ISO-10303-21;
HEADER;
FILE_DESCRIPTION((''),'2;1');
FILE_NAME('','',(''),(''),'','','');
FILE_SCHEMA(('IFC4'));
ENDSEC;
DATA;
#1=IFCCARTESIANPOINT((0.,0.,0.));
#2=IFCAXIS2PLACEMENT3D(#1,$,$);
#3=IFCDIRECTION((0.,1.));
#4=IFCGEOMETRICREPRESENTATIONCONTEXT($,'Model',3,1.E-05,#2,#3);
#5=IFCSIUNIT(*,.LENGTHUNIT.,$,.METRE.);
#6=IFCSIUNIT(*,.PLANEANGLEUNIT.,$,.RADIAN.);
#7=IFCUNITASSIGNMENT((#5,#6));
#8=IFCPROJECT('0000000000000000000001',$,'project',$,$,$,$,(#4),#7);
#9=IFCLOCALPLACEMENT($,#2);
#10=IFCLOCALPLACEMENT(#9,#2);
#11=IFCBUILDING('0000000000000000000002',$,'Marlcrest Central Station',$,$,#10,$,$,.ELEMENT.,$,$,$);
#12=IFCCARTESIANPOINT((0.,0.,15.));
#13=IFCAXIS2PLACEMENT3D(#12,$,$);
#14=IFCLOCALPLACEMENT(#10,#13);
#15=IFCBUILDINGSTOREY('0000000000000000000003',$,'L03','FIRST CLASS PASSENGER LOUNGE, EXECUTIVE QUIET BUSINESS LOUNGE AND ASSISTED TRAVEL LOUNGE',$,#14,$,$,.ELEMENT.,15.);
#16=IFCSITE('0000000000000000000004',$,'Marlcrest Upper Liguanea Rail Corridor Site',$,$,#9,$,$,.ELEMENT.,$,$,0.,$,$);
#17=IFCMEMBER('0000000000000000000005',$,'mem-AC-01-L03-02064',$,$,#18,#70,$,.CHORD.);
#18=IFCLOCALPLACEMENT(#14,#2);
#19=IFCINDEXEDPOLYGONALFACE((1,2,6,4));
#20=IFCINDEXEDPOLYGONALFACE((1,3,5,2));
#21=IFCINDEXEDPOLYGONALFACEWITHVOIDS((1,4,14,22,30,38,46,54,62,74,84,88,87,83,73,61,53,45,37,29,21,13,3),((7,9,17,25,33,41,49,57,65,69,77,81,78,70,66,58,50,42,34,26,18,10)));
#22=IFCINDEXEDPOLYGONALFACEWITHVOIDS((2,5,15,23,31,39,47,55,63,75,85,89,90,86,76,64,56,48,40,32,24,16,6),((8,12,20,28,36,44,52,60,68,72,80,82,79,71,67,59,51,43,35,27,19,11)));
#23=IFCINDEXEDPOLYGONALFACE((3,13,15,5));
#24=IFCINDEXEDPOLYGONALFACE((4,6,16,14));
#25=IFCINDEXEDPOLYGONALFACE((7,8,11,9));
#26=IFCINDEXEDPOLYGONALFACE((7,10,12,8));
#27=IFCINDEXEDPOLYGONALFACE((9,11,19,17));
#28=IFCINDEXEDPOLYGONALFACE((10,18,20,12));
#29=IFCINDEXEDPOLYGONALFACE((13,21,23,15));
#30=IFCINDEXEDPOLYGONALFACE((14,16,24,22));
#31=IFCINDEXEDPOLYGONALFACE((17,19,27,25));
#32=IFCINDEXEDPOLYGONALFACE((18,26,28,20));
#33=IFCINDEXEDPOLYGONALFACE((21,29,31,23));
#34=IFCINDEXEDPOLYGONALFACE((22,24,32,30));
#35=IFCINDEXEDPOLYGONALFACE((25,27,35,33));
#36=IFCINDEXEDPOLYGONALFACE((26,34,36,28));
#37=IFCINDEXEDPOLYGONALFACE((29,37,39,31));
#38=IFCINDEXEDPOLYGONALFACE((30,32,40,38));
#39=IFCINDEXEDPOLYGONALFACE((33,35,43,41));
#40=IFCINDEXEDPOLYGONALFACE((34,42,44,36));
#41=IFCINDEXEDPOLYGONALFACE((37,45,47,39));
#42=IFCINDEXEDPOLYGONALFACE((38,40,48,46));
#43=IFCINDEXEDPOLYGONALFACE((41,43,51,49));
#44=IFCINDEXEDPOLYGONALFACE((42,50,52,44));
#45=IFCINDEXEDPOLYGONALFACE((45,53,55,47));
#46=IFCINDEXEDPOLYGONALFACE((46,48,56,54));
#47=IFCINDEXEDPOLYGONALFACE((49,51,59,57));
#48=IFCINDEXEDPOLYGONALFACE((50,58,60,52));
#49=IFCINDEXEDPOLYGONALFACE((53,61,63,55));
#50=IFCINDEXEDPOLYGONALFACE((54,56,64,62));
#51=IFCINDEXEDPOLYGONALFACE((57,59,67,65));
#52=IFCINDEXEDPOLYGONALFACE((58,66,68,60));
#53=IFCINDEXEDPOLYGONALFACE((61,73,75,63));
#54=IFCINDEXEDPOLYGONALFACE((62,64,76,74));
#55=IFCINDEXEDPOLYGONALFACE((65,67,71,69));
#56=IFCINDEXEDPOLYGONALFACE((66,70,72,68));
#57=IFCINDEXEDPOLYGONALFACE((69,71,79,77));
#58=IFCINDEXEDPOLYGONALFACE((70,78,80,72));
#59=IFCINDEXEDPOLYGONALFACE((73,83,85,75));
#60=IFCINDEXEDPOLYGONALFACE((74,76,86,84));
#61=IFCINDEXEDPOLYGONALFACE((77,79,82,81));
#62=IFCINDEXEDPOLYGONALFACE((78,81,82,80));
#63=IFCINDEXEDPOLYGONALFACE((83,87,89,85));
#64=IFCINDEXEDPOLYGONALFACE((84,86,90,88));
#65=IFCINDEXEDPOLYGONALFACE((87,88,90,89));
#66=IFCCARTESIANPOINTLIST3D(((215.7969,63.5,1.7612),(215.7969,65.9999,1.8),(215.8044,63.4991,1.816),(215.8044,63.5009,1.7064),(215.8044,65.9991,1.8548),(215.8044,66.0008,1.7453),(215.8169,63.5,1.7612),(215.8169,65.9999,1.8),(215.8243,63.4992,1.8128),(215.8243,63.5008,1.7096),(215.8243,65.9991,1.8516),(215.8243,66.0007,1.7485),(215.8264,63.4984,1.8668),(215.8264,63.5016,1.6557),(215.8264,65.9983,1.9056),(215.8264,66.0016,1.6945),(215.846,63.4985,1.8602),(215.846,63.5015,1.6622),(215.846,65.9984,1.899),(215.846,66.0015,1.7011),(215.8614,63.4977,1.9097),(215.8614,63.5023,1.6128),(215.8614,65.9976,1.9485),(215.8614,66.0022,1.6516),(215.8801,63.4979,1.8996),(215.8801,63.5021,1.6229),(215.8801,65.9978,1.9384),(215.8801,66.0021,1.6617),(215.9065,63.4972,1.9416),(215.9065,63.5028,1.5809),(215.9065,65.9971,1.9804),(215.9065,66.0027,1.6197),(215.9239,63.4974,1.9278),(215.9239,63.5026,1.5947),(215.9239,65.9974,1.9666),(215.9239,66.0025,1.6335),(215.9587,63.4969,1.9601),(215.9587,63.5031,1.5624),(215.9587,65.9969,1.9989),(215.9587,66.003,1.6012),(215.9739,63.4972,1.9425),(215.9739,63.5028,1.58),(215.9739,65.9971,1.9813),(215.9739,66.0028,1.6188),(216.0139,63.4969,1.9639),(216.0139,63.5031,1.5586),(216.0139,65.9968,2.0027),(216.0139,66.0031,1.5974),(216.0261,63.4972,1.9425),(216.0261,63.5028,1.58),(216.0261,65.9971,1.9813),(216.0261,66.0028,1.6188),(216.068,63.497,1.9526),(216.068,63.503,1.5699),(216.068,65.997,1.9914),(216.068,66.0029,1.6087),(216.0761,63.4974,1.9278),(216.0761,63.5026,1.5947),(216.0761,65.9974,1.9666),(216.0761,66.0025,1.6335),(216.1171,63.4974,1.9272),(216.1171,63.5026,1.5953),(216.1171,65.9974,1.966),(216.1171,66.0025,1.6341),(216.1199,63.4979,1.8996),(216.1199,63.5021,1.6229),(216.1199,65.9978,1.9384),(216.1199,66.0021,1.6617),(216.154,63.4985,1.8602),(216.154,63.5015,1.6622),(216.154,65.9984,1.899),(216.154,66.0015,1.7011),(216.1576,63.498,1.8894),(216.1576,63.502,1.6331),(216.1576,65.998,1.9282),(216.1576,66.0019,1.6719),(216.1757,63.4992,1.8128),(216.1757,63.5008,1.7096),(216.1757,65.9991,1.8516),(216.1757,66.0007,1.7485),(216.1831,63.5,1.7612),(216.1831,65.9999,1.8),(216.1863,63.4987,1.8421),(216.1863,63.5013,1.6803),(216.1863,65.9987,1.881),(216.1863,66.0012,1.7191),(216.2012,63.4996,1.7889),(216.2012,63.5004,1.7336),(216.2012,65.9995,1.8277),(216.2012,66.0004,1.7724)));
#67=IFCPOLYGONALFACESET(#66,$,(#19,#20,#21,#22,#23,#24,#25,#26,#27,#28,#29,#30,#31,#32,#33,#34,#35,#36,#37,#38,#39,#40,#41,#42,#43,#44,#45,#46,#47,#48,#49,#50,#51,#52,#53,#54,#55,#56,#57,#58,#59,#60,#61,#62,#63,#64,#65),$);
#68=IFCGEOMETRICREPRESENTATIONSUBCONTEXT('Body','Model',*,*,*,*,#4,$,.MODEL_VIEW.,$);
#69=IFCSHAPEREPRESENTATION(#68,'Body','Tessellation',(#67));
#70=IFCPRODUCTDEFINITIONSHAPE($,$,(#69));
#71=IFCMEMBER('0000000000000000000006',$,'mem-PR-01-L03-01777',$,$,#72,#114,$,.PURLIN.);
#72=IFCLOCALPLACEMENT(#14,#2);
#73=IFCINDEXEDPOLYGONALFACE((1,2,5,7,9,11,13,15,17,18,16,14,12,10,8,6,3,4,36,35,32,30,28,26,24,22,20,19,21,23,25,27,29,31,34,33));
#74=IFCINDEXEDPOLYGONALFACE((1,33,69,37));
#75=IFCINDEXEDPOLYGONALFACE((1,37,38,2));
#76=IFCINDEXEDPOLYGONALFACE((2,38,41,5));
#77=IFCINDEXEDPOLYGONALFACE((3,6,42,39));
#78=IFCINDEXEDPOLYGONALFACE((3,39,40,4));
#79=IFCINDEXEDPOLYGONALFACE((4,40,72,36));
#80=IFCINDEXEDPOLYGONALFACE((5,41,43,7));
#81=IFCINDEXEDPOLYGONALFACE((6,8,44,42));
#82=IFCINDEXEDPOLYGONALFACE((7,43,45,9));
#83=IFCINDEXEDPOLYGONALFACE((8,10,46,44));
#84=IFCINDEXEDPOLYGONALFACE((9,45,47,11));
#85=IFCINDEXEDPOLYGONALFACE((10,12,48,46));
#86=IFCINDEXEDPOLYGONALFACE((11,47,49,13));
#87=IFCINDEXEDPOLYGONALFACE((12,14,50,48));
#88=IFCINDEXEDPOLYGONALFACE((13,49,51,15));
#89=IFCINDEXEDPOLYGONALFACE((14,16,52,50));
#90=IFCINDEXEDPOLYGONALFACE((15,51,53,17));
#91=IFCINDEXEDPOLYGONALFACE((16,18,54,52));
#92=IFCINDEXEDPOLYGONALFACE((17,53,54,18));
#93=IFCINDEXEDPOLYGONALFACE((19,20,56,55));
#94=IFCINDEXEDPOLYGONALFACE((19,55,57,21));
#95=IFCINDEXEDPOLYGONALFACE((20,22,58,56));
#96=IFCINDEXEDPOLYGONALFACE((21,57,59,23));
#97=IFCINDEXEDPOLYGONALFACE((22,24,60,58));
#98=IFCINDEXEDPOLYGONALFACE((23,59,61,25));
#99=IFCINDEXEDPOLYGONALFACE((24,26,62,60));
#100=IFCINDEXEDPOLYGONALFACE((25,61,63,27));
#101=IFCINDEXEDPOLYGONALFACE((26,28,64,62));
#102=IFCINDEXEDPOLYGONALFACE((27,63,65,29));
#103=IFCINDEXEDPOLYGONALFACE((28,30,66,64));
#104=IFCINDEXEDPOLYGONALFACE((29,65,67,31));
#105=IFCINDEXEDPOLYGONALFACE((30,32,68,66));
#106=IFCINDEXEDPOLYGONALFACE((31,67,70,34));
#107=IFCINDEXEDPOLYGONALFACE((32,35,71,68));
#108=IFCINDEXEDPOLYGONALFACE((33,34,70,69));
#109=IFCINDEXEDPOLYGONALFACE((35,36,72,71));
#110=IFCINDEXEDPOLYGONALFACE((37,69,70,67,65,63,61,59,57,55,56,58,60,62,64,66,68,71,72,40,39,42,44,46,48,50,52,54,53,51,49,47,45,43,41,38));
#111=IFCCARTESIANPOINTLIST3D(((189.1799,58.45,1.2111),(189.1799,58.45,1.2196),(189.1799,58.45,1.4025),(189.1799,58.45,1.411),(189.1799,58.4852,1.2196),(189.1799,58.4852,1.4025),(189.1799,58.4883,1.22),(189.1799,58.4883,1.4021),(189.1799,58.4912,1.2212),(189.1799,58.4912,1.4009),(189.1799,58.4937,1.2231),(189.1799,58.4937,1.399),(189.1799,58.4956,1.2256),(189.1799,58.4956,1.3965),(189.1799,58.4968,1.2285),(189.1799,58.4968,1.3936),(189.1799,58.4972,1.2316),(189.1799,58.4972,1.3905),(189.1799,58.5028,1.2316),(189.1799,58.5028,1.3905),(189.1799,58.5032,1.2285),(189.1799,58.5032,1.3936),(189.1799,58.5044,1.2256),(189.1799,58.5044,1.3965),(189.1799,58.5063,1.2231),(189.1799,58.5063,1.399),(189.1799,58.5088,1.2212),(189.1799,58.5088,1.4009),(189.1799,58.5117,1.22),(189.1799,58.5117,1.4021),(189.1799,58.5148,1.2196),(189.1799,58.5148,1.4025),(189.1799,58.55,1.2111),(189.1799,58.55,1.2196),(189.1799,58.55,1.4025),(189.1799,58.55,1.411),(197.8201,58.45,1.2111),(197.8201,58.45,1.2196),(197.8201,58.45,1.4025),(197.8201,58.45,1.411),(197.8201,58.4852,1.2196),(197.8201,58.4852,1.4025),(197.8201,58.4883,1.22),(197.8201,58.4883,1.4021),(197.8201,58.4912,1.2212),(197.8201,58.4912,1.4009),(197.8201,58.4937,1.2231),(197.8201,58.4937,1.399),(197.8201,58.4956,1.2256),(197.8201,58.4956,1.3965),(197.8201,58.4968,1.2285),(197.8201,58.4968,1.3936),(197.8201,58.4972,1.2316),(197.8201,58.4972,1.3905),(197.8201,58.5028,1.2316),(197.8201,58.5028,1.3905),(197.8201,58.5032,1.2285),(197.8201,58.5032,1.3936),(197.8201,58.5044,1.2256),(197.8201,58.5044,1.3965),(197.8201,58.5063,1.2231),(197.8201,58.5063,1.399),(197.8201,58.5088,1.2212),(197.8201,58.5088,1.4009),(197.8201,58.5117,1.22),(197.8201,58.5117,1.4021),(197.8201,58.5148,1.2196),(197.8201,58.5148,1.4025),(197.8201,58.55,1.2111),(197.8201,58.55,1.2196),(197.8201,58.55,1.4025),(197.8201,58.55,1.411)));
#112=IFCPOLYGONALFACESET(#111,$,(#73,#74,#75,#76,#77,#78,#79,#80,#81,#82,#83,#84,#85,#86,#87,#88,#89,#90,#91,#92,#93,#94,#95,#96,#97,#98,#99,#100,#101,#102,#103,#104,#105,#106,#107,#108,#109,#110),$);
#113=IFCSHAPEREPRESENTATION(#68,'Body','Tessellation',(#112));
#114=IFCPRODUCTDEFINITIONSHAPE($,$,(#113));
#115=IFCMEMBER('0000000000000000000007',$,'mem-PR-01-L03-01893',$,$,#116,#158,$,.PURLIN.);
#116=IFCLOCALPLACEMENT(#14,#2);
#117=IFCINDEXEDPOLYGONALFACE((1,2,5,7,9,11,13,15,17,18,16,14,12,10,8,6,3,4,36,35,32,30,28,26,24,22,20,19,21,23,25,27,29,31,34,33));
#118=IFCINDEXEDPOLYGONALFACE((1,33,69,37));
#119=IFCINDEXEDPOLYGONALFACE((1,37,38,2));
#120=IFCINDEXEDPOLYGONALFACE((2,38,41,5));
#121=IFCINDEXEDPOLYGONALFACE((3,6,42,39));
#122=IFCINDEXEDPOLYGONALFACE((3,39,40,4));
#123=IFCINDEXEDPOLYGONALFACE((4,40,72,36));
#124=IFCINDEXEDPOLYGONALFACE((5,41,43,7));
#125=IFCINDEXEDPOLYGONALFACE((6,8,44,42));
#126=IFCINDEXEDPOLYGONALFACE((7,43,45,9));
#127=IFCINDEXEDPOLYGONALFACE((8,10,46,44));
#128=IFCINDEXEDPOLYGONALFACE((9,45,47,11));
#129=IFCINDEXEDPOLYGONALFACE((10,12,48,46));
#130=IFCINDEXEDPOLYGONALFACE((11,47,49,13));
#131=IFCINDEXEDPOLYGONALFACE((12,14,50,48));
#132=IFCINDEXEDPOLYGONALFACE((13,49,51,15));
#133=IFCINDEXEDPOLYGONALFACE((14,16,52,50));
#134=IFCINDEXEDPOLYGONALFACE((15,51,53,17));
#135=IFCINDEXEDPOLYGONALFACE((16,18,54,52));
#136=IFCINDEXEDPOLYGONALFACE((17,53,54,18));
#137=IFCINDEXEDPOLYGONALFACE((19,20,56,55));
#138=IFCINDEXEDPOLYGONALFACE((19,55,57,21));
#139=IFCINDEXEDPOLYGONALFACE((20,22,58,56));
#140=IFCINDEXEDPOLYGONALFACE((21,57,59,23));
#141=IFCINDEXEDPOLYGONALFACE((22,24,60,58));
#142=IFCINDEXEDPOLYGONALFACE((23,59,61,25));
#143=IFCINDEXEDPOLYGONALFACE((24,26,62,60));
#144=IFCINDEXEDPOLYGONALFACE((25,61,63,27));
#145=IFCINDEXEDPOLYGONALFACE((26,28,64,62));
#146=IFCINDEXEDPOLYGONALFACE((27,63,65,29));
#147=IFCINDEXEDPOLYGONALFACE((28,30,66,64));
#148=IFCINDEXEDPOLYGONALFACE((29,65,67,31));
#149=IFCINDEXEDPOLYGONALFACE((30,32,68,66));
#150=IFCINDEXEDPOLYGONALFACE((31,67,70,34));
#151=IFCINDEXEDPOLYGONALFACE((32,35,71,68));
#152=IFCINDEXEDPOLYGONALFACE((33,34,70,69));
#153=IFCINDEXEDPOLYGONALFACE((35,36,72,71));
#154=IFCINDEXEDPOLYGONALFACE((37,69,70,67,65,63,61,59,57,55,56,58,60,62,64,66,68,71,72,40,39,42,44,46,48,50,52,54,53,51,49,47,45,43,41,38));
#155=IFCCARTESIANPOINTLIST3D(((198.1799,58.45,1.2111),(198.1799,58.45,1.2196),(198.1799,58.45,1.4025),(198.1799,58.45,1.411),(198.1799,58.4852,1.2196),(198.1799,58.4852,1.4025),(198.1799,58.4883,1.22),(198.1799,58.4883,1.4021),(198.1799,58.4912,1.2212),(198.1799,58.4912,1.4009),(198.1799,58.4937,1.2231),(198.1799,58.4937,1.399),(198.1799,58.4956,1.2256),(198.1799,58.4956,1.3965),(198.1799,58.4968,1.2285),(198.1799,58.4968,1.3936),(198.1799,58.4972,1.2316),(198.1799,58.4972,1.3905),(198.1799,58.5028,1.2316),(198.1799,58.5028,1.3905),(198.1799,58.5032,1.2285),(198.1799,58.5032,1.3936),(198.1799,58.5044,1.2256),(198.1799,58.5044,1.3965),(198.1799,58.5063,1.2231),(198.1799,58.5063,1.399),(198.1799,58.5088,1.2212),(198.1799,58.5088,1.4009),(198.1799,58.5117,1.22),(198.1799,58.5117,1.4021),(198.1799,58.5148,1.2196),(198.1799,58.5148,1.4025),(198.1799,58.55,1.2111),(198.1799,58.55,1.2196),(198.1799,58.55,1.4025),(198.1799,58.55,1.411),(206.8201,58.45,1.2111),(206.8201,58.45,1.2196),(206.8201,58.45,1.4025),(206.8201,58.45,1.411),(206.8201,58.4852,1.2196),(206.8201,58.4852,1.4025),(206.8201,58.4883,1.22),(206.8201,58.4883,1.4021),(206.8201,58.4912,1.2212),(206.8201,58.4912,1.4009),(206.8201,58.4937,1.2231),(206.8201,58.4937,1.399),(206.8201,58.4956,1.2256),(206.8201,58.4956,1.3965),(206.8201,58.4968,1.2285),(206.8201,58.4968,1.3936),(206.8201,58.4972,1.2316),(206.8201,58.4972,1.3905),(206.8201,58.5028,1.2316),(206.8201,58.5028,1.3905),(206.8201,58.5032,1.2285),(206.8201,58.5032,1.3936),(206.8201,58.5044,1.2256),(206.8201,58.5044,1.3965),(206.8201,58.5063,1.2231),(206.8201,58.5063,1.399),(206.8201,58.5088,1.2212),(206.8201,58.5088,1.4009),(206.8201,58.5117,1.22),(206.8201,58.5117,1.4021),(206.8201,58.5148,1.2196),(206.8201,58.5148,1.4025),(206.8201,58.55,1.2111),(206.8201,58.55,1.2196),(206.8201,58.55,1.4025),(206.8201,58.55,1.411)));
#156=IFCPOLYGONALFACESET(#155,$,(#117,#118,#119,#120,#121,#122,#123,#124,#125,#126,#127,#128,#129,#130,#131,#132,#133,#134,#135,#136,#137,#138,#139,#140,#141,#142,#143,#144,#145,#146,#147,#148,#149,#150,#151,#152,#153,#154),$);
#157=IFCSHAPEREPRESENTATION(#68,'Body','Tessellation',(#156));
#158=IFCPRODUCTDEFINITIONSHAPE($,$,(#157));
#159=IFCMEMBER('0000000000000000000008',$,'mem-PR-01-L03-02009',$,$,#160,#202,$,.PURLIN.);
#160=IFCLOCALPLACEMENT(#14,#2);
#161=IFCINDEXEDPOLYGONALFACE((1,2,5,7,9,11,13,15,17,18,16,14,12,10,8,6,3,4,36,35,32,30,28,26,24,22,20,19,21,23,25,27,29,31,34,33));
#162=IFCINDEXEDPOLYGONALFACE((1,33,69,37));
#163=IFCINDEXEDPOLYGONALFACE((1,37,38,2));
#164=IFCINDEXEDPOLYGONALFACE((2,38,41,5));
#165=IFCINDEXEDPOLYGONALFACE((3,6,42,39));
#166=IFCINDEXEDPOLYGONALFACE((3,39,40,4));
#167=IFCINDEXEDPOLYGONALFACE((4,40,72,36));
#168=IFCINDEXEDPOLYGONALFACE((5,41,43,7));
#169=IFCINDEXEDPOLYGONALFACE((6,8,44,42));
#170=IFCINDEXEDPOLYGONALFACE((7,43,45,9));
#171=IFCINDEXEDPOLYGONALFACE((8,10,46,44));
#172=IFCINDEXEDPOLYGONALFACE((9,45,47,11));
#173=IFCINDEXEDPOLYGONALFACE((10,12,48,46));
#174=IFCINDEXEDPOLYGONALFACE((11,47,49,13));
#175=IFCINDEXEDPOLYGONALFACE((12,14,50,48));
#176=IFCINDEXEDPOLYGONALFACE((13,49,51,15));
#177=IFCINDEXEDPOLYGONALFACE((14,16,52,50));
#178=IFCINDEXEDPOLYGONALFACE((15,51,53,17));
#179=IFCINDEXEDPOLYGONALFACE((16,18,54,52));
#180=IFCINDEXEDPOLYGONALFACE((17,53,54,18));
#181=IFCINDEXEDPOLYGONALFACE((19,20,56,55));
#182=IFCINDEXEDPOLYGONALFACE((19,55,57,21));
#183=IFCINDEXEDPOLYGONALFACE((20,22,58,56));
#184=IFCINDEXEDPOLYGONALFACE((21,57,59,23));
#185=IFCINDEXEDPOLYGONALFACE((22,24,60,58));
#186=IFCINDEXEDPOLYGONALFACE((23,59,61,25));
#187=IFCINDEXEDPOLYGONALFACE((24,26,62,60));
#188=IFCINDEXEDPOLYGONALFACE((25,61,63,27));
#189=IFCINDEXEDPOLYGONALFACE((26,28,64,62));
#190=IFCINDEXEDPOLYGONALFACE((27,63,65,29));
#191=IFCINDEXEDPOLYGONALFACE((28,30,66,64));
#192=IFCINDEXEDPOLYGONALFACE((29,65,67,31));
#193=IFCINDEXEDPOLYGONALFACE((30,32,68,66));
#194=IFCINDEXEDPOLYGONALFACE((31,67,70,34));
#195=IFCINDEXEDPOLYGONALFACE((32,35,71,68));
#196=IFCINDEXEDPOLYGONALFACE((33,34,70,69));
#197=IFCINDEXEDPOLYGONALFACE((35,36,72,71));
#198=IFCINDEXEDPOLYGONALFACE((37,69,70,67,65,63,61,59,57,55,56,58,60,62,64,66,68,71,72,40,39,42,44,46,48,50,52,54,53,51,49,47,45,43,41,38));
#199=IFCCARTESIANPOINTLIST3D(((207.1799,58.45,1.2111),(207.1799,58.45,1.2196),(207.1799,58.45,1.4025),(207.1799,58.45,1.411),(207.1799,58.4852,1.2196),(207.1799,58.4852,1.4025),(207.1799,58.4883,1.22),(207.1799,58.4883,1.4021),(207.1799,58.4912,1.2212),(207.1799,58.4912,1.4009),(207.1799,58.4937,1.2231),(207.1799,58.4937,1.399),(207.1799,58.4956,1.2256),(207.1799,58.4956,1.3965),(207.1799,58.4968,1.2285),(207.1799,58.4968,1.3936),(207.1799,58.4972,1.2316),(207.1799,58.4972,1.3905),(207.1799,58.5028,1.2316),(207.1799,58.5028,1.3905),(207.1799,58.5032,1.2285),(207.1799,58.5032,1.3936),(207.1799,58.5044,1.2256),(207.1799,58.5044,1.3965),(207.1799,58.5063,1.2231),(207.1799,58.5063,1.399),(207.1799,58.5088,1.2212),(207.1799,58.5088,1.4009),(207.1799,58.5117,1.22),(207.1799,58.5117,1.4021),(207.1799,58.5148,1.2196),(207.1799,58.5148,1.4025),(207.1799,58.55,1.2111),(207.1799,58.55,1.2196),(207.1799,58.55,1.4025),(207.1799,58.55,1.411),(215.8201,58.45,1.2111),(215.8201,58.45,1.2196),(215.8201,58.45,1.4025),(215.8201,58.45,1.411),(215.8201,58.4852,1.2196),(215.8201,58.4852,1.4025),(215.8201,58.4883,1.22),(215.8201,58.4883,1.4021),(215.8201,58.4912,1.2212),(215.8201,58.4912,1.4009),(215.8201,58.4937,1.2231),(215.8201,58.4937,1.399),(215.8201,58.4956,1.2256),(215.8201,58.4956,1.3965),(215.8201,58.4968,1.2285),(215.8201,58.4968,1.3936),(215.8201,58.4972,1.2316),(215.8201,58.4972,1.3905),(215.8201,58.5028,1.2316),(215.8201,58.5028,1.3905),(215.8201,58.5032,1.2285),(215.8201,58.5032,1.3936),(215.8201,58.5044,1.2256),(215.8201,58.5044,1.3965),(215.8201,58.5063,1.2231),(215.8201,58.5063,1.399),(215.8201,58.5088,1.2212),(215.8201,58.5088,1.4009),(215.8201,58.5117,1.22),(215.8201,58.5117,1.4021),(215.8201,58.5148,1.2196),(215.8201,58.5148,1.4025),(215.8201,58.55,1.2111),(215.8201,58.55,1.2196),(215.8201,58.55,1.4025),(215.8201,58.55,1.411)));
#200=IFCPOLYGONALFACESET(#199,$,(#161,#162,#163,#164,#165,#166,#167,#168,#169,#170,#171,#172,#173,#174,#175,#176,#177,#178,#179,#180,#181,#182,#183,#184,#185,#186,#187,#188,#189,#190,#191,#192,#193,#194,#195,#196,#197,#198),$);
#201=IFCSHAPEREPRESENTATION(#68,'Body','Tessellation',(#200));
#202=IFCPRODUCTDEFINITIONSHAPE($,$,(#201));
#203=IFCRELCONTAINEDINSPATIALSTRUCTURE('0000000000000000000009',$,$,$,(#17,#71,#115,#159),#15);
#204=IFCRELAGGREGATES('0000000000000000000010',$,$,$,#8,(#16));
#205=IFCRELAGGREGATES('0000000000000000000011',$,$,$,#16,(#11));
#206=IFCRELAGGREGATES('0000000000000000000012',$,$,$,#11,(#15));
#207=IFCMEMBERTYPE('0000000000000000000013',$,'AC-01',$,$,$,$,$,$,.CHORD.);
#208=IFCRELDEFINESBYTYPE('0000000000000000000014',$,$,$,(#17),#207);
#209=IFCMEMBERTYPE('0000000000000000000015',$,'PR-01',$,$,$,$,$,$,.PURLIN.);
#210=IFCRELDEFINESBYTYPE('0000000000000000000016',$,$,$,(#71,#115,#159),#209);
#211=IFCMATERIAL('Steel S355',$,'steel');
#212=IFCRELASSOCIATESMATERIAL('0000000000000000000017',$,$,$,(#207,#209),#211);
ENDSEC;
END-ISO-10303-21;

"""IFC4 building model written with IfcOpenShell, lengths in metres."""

from ifc_helpers import new_model, si_unit, direction, frame, origin, origin_2d, place, context, subcontext, project, spatial, hollow_circle, i_section, extrude, material, material_profile, profile_set, type_object, element, save


model = new_model("IFC4")

# Units and contexts
model_context = context("Model", 3, precision=1e-05, world=origin(), true_north=direction((0.0, 1.0)))
body_context = subcontext(model_context, "Body", "Model", "MODEL_VIEW")
ifc_project = project(units=[si_unit("LENGTHUNIT", "METRE"), si_unit("PLANEANGLEUNIT", "RADIAN")], contexts=[model_context])

# Site, building, storey
site_placement = place(None, origin())
site = spatial("IfcSite", under=ifc_project, at=site_placement, Name="Marlcrest Upper Liguanea Rail Corridor Site", CompositionType="ELEMENT", RefElevation=0.0)
building_placement = place(site_placement, origin())
building = spatial("IfcBuilding", under=site, at=building_placement, Name="Marlcrest Central Station", CompositionType="ELEMENT")
storey_placement = place(building_placement, frame((0.0, 0.0, 15.0)))
storey = spatial("IfcBuildingStorey", under=building, at=storey_placement, Name="L03", Description="FIRST CLASS PASSENGER LOUNGE, EXECUTIVE QUIET BUSINESS LOUNGE AND ASSISTED TRAVEL LOUNGE", CompositionType="ELEMENT", Elevation=15.0)

# Members
ifc_material_1 = material(Name="Steel S355", Category="steel")
ifc_material_profile_1 = material_profile(ifc_material_1, hollow_circle(Radius=0.2031, WallThickness=0.02, at=origin_2d()), Name="CHS 406.4x20")
ifc_profile_set_1 = profile_set([ifc_material_profile_1], Name="Steel S355")
member_type_1 = type_object("IfcMemberType", Name="AC-01", PredefinedType="CHORD", material=ifc_profile_set_1)
member_1_placement = place(storey_placement, frame((216.0, 63.5, 1.7612), z_axis=(0.0, 0.999879, 0.015525), x_axis=(-1.0, 0.0, 0.0)))
element("IfcMember", 1, at=member_1_placement, inside=storey, type_object=member_type_1, Name="mem-AC-01-L03-02064", PredefinedType="CHORD", context=body_context, shape_type="SweptSolid", body=[
    extrude(hollow_circle(Radius=0.2031, WallThickness=0.02, at=origin_2d()), origin(), (0.0, 0.0, 1.0), 2.5002),
])
ifc_material_profile_2 = material_profile(ifc_material_1, i_section(OverallWidth=0.1001, OverallDepth=0.2, WebThickness=0.0056, FlangeThickness=0.0085, FilletRadius=0.012, at=origin_2d()), Name="IPE 200")
ifc_profile_set_2 = profile_set([ifc_material_profile_2], Name="Steel S355")
member_type_2 = type_object("IfcMemberType", Name="PR-01", PredefinedType="PURLIN", material=ifc_profile_set_2)
for number, where, z_axis, x_axis, name in (
    (2, (189.1799, 58.5, 1.311), (1.0, 0.0, 0.0), (0.0, 1.0, 0.0), "mem-PR-01-L03-01777"),
    (3, (198.1799, 58.5, 1.311), (1.0, 0.0, 0.0), (0.0, 1.0, 0.0), "mem-PR-01-L03-01893"),
    (4, (207.1799, 58.5, 1.311), (1.0, 0.0, 0.0), (0.0, 1.0, 0.0), "mem-PR-01-L03-02009"),
):
    element("IfcMember", number, at=place(storey_placement, frame(where, z_axis=z_axis, x_axis=x_axis)), inside=storey, type_object=member_type_2, Name=name, PredefinedType="PURLIN", context=body_context, shape_type="SweptSolid", body=[
        extrude(i_section(OverallWidth=0.1001, OverallDepth=0.2, WebThickness=0.0056, FlangeThickness=0.0085, FilletRadius=0.012, at=origin_2d()), origin(), (0.0, 0.0, 1.0), 8.6401),
    ])

save(model, "model.ifc")
